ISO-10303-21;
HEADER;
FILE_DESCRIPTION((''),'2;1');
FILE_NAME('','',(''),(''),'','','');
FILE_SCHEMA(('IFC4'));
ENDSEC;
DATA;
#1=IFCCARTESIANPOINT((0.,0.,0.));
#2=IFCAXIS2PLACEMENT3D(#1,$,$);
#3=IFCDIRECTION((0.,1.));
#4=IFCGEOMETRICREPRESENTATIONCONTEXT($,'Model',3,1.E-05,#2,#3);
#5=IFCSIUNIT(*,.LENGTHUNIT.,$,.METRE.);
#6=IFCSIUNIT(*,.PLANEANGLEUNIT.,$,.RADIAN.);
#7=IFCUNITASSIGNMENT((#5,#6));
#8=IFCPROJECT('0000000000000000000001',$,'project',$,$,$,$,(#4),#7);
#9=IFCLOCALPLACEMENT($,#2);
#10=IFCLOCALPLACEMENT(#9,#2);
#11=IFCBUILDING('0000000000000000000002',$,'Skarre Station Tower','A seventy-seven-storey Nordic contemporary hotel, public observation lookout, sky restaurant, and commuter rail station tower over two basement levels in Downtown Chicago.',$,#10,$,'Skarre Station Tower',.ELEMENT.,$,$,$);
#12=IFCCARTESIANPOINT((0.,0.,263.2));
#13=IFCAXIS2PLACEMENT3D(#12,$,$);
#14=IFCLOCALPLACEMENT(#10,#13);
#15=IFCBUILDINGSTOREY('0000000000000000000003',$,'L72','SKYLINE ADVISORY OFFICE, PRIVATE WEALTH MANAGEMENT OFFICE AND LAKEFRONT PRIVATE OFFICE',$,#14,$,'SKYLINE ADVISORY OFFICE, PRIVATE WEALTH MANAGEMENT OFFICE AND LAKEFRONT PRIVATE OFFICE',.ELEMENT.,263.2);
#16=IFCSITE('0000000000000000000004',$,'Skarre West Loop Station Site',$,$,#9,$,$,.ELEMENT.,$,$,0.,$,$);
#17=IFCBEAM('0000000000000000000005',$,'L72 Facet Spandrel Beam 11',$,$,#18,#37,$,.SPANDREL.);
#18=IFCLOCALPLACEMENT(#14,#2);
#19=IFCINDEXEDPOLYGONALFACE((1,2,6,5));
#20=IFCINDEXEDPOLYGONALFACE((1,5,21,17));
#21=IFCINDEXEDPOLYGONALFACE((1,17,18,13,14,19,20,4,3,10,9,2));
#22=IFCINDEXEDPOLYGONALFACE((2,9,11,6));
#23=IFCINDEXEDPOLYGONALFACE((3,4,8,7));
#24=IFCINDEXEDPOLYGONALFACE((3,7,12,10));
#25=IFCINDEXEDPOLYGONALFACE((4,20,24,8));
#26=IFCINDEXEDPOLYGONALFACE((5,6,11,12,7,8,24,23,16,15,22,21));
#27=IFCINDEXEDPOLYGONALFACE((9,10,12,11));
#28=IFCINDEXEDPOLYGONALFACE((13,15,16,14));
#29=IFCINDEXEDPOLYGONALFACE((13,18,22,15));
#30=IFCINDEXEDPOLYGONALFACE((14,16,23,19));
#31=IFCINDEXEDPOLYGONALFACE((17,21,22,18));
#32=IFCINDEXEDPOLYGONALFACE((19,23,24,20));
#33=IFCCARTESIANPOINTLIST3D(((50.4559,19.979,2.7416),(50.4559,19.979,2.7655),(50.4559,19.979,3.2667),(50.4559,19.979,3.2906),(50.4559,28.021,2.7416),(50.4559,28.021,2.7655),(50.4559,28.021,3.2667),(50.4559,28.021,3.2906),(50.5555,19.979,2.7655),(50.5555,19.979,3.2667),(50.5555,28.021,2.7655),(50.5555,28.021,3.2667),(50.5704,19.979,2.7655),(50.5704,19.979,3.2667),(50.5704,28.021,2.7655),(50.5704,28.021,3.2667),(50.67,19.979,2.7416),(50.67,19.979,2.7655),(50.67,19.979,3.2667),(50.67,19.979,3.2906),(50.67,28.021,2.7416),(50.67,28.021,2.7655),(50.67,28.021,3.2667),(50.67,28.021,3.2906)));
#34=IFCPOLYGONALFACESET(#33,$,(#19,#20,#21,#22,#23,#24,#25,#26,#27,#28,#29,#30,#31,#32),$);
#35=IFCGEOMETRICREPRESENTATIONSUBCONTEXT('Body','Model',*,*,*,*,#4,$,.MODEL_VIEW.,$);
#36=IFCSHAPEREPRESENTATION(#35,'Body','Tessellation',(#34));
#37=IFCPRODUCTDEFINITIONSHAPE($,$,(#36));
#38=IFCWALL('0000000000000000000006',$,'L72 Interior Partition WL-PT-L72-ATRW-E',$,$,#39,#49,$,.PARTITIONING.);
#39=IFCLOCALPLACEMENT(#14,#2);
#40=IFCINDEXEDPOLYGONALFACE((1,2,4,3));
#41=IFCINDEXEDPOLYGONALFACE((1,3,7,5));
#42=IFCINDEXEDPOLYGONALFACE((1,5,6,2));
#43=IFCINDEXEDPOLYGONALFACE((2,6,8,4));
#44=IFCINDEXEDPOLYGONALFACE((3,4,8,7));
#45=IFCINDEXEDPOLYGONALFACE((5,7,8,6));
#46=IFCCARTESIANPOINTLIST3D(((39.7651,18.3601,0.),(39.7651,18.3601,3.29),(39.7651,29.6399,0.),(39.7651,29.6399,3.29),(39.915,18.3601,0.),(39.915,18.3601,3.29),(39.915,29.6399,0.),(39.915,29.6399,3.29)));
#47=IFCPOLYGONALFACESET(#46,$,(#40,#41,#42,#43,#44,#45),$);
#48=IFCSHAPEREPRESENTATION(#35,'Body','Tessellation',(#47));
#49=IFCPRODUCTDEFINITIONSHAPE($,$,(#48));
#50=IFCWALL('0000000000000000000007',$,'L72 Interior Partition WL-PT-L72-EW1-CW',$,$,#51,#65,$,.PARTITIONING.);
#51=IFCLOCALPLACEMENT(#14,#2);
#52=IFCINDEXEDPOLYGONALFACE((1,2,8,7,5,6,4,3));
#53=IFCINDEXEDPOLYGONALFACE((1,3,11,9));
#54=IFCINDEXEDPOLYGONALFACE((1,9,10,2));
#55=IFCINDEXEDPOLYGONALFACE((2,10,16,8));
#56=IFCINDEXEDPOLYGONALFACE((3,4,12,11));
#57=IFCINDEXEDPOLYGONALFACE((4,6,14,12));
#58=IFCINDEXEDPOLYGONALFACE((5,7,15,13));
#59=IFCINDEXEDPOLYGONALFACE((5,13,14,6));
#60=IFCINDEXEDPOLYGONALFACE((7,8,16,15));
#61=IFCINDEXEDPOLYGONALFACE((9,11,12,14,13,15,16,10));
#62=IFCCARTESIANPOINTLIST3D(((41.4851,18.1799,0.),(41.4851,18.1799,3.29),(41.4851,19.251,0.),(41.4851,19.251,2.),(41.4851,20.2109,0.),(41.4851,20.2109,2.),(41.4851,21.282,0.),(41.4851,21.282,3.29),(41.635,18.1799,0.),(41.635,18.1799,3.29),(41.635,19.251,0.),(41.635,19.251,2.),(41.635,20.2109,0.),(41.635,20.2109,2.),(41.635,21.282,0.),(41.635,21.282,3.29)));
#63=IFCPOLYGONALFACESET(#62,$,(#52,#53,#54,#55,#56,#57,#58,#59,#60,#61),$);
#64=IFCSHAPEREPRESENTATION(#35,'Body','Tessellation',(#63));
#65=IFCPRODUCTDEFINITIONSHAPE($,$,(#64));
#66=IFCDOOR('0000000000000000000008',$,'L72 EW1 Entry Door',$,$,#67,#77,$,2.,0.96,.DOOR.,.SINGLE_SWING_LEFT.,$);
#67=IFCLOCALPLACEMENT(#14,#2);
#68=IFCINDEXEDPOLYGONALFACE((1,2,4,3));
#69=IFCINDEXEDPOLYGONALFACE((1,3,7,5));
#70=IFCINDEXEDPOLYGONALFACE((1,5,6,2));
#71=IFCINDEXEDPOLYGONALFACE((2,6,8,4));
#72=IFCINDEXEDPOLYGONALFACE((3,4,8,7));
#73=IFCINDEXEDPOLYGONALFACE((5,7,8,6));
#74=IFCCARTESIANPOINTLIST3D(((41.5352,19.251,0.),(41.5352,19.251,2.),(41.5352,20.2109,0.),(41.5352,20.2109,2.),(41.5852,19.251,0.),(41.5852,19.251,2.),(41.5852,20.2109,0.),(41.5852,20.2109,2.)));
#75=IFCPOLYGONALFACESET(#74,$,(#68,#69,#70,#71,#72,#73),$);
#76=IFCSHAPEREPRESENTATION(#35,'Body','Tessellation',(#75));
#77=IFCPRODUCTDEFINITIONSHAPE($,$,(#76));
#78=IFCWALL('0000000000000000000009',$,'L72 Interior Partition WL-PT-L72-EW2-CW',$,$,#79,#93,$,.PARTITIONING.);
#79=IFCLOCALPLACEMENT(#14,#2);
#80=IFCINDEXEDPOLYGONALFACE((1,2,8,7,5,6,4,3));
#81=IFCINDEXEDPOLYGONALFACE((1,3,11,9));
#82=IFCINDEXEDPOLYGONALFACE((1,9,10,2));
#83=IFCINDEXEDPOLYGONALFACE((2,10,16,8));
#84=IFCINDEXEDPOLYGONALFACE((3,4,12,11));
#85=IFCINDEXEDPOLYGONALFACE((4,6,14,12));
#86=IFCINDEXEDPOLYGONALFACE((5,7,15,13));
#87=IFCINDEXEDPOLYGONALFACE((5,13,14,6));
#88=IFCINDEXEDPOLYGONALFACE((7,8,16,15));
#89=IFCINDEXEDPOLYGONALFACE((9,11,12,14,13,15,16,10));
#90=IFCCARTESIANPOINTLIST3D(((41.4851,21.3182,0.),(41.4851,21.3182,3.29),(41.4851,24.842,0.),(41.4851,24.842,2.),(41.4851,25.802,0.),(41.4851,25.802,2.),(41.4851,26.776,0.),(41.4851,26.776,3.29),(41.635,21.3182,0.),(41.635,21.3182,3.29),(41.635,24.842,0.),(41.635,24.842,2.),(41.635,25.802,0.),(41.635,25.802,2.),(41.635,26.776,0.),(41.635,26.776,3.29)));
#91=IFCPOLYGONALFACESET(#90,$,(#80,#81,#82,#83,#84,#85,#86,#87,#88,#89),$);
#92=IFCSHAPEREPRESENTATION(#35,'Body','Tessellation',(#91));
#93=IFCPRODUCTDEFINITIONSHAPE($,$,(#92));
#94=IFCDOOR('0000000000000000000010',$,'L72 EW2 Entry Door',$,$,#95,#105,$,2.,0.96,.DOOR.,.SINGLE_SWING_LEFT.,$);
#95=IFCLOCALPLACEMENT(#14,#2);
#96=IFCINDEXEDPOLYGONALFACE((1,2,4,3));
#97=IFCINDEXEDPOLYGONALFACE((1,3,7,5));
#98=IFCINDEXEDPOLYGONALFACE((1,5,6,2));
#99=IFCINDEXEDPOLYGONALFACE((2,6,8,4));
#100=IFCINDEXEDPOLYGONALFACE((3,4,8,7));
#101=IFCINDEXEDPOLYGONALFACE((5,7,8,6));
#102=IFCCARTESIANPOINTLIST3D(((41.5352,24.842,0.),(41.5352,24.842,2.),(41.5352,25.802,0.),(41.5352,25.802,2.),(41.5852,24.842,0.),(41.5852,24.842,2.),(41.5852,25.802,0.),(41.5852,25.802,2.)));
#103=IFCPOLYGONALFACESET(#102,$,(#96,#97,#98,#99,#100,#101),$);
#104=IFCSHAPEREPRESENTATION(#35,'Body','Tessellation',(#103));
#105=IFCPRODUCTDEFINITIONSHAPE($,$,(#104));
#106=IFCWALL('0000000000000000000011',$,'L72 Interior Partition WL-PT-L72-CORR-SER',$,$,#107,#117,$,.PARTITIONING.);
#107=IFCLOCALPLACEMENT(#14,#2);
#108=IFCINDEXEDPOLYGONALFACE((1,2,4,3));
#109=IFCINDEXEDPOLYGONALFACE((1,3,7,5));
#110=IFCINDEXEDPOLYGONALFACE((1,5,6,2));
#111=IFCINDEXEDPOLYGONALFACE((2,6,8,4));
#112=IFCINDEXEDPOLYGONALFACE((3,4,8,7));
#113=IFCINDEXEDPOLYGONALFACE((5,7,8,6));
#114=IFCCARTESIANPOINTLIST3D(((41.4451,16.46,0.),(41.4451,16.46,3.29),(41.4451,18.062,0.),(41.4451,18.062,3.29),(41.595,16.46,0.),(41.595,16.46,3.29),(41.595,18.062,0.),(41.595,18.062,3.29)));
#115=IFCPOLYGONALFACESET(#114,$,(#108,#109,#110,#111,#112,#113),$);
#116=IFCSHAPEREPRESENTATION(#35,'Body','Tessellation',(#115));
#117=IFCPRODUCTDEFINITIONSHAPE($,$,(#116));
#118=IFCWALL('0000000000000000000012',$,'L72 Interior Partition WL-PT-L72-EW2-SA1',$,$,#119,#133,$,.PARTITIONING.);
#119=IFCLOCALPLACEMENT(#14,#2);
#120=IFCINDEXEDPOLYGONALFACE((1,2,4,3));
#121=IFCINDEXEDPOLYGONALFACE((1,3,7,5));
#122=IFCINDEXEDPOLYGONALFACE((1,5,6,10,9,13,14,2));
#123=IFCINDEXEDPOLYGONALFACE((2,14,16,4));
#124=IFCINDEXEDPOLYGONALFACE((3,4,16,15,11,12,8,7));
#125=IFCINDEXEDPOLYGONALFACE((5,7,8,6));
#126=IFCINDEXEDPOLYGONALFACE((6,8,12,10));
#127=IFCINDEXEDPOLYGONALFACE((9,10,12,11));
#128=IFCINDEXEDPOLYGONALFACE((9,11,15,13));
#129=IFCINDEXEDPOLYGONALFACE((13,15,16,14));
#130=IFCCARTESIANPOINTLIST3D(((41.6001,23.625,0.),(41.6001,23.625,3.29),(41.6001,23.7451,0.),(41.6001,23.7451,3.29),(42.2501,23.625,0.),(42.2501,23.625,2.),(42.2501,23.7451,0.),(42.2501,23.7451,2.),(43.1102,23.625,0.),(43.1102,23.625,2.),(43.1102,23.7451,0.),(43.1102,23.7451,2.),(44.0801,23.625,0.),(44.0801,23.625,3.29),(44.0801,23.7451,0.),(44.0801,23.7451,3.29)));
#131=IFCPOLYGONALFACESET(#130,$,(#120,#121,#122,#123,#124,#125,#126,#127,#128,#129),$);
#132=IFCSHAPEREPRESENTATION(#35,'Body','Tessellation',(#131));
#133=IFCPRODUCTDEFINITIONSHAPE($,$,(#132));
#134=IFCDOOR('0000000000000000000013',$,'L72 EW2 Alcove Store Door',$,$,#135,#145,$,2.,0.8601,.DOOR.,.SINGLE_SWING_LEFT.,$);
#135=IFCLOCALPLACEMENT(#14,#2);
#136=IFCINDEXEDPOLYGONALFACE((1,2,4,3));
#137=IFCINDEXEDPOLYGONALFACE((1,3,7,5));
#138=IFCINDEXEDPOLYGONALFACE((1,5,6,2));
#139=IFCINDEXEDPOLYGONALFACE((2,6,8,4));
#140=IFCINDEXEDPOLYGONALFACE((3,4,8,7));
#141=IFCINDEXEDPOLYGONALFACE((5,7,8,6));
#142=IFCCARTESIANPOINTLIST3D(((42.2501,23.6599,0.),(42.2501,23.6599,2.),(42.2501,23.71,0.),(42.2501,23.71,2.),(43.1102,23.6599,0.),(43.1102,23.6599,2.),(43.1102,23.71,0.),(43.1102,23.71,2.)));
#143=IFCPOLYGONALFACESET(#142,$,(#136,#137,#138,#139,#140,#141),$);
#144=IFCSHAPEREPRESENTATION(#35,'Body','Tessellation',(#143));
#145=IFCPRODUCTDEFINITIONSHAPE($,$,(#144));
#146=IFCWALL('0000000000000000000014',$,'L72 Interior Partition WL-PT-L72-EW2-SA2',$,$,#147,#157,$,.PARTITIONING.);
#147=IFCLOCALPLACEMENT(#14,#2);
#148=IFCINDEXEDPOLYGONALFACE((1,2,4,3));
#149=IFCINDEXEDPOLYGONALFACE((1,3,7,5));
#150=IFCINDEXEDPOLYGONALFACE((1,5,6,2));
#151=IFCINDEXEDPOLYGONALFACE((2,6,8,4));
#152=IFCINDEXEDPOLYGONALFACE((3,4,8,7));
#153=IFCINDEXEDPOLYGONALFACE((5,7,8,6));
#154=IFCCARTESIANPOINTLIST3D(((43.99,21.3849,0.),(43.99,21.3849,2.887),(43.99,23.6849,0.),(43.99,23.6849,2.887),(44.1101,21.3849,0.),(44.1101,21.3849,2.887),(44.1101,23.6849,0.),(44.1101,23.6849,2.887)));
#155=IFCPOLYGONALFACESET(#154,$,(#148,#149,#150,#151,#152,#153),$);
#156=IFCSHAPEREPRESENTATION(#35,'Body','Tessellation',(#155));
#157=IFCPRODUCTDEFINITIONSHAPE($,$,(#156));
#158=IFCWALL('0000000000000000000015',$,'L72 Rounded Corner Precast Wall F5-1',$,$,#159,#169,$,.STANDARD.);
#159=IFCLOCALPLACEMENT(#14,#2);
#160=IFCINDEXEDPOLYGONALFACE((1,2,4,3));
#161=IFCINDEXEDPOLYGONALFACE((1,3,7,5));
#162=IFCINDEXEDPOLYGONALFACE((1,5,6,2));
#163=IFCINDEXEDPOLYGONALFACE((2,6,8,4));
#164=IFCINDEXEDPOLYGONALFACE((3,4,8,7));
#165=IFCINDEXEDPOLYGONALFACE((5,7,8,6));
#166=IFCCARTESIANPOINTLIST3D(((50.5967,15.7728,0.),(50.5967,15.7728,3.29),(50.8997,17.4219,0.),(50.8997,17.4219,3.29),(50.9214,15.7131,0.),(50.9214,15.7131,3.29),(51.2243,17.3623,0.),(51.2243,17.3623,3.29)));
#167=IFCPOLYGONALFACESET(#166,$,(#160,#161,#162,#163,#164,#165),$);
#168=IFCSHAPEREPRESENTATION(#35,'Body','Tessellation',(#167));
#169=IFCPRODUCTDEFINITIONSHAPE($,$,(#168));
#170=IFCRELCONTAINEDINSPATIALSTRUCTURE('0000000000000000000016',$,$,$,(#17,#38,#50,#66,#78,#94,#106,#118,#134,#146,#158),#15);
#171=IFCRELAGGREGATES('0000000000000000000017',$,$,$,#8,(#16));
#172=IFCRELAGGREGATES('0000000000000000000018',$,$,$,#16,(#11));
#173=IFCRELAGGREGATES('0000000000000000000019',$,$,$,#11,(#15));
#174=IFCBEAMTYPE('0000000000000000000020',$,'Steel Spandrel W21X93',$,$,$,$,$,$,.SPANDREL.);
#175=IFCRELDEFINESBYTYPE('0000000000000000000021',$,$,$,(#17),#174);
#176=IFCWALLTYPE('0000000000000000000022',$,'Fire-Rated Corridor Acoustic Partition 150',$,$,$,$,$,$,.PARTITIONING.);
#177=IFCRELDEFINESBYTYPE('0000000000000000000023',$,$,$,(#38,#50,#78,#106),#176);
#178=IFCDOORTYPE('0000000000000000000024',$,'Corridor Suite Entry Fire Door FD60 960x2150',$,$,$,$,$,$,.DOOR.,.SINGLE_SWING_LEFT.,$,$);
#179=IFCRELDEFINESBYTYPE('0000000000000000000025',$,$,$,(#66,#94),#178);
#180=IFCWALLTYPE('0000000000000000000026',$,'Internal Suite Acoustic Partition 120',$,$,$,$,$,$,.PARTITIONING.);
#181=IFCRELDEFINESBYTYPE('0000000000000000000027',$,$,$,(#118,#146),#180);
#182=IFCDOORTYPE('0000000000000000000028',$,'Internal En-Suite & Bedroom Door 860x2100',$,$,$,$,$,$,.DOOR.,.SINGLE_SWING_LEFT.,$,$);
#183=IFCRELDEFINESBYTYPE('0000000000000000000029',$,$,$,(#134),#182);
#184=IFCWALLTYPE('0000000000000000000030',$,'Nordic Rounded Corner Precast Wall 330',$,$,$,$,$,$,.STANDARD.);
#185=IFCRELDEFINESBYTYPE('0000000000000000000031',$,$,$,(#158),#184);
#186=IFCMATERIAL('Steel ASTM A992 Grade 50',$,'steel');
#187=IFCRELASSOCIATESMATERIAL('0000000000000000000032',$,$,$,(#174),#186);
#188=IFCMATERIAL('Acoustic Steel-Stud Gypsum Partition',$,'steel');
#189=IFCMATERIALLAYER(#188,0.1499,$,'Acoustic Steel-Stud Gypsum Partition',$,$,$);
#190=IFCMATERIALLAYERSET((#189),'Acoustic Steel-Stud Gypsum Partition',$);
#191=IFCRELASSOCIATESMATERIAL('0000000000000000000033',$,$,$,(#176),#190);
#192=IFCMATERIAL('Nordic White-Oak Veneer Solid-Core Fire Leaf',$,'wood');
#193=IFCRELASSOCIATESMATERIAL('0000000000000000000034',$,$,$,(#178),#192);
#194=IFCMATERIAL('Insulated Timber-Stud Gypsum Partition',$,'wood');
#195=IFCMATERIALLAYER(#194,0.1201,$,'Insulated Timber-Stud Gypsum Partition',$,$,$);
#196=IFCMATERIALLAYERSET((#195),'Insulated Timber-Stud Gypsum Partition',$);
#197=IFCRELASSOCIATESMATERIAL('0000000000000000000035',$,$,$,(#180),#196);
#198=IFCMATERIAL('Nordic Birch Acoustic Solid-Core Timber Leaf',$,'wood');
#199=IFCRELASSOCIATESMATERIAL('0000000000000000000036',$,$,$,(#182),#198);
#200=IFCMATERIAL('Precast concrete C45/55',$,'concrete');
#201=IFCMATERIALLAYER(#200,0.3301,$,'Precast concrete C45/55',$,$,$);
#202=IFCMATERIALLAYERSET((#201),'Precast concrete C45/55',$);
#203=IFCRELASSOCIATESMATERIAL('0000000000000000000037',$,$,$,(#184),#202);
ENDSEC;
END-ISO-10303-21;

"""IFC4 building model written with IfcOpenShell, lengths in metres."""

from ifc_helpers import new_model, si_unit, direction, frame, frame_2d, origin, origin_2d, place, context, subcontext, project, spatial, rectangle, i_section, extrude, material, layer, layer_set, material_profile, profile_set, type_object, element, fill, save


model = new_model("IFC4")

# Units and contexts
model_context = context("Model", 3, precision=1e-05, world=origin(), true_north=direction((0.0, 1.0)))
body_context = subcontext(model_context, "Body", "Model", "MODEL_VIEW")
ifc_project = project(units=[si_unit("LENGTHUNIT", "METRE"), si_unit("PLANEANGLEUNIT", "RADIAN")], contexts=[model_context])

# Site, building, storey
site_placement = place(None, origin())
site = spatial("IfcSite", under=ifc_project, at=site_placement, Name="Skarre West Loop Station Site", CompositionType="ELEMENT", RefElevation=0.0)
building_placement = place(site_placement, origin())
building = spatial("IfcBuilding", under=site, at=building_placement, Name="Skarre Station Tower", Description="A seventy-seven-storey Nordic contemporary hotel, public observation lookout, sky restaurant, and commuter rail station tower over two basement levels in Downtown Chicago.", LongName="Skarre Station Tower", CompositionType="ELEMENT")
storey_placement = place(building_placement, frame((0.0, 0.0, 263.2)))
storey = spatial("IfcBuildingStorey", under=building, at=storey_placement, Name="L72", Description="SKYLINE ADVISORY OFFICE, PRIVATE WEALTH MANAGEMENT OFFICE AND LAKEFRONT PRIVATE OFFICE", LongName="SKYLINE ADVISORY OFFICE, PRIVATE WEALTH MANAGEMENT OFFICE AND LAKEFRONT PRIVATE OFFICE", CompositionType="ELEMENT", Elevation=263.2)

# Beam
ifc_material_1 = material(Name="Steel ASTM A992 Grade 50", Category="steel")
ifc_material_profile_1 = material_profile(ifc_material_1, i_section(OverallWidth=0.2141, OverallDepth=0.5491, WebThickness=0.0149, FlangeThickness=0.0239, at=origin_2d()), Name="Steel ASTM A992 Grade 50")
ifc_profile_set_1 = profile_set([ifc_material_profile_1], Name="Steel ASTM A992 Grade 50")
beam_type_1 = type_object("IfcBeamType", Name="Steel Spandrel W21X93", PredefinedType="SPANDREL", material=ifc_profile_set_1)
beam_1_placement = place(storey_placement, frame((50.563, 19.979, 3.0161), z_axis=(0.0, 1.0, 0.0), x_axis=(-1.0, 0.0, 0.0)))
element("IfcBeam", 1, at=beam_1_placement, inside=storey, type_object=beam_type_1, Name="L72 Facet Spandrel Beam 11", PredefinedType="SPANDREL", context=body_context, shape_type="SweptSolid", body=[
    extrude(i_section(OverallWidth=0.2141, OverallDepth=0.5491, WebThickness=0.0149, FlangeThickness=0.0239, at=origin_2d()), origin(), (0.0, 0.0, 1.0), 8.042),
])

# Wall
ifc_material_2 = material(Name="Acoustic Steel-Stud Gypsum Partition", Category="steel")
ifc_layer_1 = layer(ifc_material_2, 0.1499, Name="Acoustic Steel-Stud Gypsum Partition")
ifc_layer_set_1 = layer_set([ifc_layer_1], Name="Acoustic Steel-Stud Gypsum Partition")
wall_type_1 = type_object("IfcWallType", Name="Fire-Rated Corridor Acoustic Partition 150", PredefinedType="PARTITIONING", material=ifc_layer_set_1)
wall_1_placement = place(storey_placement, frame((39.8401, 18.3601, 0.0), z_axis=(0.0, 0.0, 1.0), x_axis=(0.0, 1.0, 0.0)))
element("IfcWall", 2, at=wall_1_placement, inside=storey, type_object=wall_type_1, Name="L72 Interior Partition WL-PT-L72-ATRW-E", PredefinedType="PARTITIONING", context=body_context, shape_type="SweptSolid", body=[
    extrude(rectangle(XDim=11.2798, YDim=0.1499, at=frame_2d((5.6399, 0.0))), origin(), (0.0, 0.0, 1.0), 3.29),
])

# Walls, openings, doors
wall_2_placement = place(storey_placement, frame((41.5601, 18.1799, 0.0), z_axis=(0.0, 0.0, 1.0), x_axis=(0.0, 1.0, 0.0)))
wall_2 = element("IfcWall", 3, at=wall_2_placement, inside=storey, type_object=wall_type_1, Name="L72 Interior Partition WL-PT-L72-EW1-CW", PredefinedType="PARTITIONING", context=body_context, shape_type="SweptSolid", body=[
    extrude(rectangle(XDim=3.1021, YDim=0.1499, at=frame_2d((1.551, 0.0))), origin(), (0.0, 0.0, 1.0), 3.29),
])
opening_1_placement = place(wall_2_placement, frame((1.071, 0.0, 0.0)))
opening_1 = element("IfcOpeningElement", 4, at=opening_1_placement, cuts=wall_2, PredefinedType="OPENING", context=body_context, shape_type="SweptSolid", body=[
    extrude(rectangle(XDim=0.96, YDim=2.0, at=frame_2d((0.48, 1.0))), frame((0.0, 0.085, 0.0), z_axis=(0.0, -1.0, 0.0), x_axis=(1.0, 0.0, 0.0)), (0.0, 0.0, 1.0), 0.1699),
])
ifc_material_3 = material(Name="Nordic White-Oak Veneer Solid-Core Fire Leaf", Category="wood")
door_type_1 = type_object("IfcDoorType", Name="Corridor Suite Entry Fire Door FD60 960x2150", OperationType="SINGLE_SWING_LEFT", PredefinedType="DOOR", material=ifc_material_3)
door_1_placement = place(opening_1_placement, origin())
door_1 = element("IfcDoor", 5, at=door_1_placement, inside=storey, type_object=door_type_1, Name="L72 EW1 Entry Door", OperationType="SINGLE_SWING_LEFT", OverallHeight=2.0, OverallWidth=0.96, PredefinedType="DOOR", context=body_context, shape_type="SweptSolid", body=[
    extrude(rectangle(XDim=0.96, YDim=2.0, at=frame_2d((0.48, 1.0))), frame((0.0, 0.0249, 0.0), z_axis=(0.0, -1.0, 0.0), x_axis=(1.0, 0.0, 0.0)), (0.0, 0.0, 1.0), 0.05),
])
fill(opening_1, door_1)
wall_3_placement = place(storey_placement, frame((41.5601, 21.3181, 0.0), z_axis=(0.0, 0.0, 1.0), x_axis=(0.0, 1.0, 0.0)))
wall_3 = element("IfcWall", 6, at=wall_3_placement, inside=storey, type_object=wall_type_1, Name="L72 Interior Partition WL-PT-L72-EW2-CW", PredefinedType="PARTITIONING", context=body_context, shape_type="SweptSolid", body=[
    extrude(rectangle(XDim=5.4578, YDim=0.1499, at=frame_2d((2.729, 0.0))), origin(), (0.0, 0.0, 1.0), 3.29),
])
opening_2_placement = place(wall_3_placement, frame((3.5239, 0.0, 0.0)))
opening_2 = element("IfcOpeningElement", 7, at=opening_2_placement, cuts=wall_3, PredefinedType="OPENING", context=body_context, shape_type="SweptSolid", body=[
    extrude(rectangle(XDim=0.96, YDim=2.0, at=frame_2d((0.48, 1.0))), frame((0.0, 0.085, 0.0), z_axis=(0.0, -1.0, 0.0), x_axis=(1.0, 0.0, 0.0)), (0.0, 0.0, 1.0), 0.1699),
])
door_2_placement = place(opening_2_placement, origin())
door_2 = element("IfcDoor", 8, at=door_2_placement, inside=storey, type_object=door_type_1, Name="L72 EW2 Entry Door", OperationType="SINGLE_SWING_LEFT", OverallHeight=2.0, OverallWidth=0.96, PredefinedType="DOOR", context=body_context, shape_type="SweptSolid", body=[
    extrude(rectangle(XDim=0.96, YDim=2.0, at=frame_2d((0.48, 1.0))), frame((0.0, 0.0249, 0.0), z_axis=(0.0, -1.0, 0.0), x_axis=(1.0, 0.0, 0.0)), (0.0, 0.0, 1.0), 0.05),
])
fill(opening_2, door_2)

# Wall
wall_4_placement = place(storey_placement, frame((41.52, 16.46, 0.0), z_axis=(0.0, 0.0, 1.0), x_axis=(0.0, 1.0, 0.0)))
element("IfcWall", 9, at=wall_4_placement, inside=storey, type_object=wall_type_1, Name="L72 Interior Partition WL-PT-L72-CORR-SER", PredefinedType="PARTITIONING", context=body_context, shape_type="SweptSolid", body=[
    extrude(rectangle(XDim=1.6021, YDim=0.1499, at=frame_2d((0.801, 0.0))), origin(), (0.0, 0.0, 1.0), 3.29),
])

# Wall, opening, door
ifc_material_4 = material(Name="Insulated Timber-Stud Gypsum Partition", Category="wood")
ifc_layer_2 = layer(ifc_material_4, 0.1201, Name="Insulated Timber-Stud Gypsum Partition")
ifc_layer_set_2 = layer_set([ifc_layer_2], Name="Insulated Timber-Stud Gypsum Partition")
wall_type_2 = type_object("IfcWallType", Name="Internal Suite Acoustic Partition 120", PredefinedType="PARTITIONING", material=ifc_layer_set_2)
wall_5_placement = place(storey_placement, frame((41.6001, 23.6851, 0.0), z_axis=(0.0, 0.0, 1.0), x_axis=(1.0, 0.0, 0.0)))
wall_5 = element("IfcWall", 10, at=wall_5_placement, inside=storey, type_object=wall_type_2, Name="L72 Interior Partition WL-PT-L72-EW2-SA1", PredefinedType="PARTITIONING", context=body_context, shape_type="SweptSolid", body=[
    extrude(rectangle(XDim=2.48, YDim=0.1201, at=frame_2d((1.24, 0.0))), origin(), (0.0, 0.0, 1.0), 3.29),
])
opening_3_placement = place(wall_5_placement, frame((0.6499, 0.0, 0.0)))
opening_3 = element("IfcOpeningElement", 11, at=opening_3_placement, cuts=wall_5, PredefinedType="OPENING", context=body_context, shape_type="SweptSolid", body=[
    extrude(rectangle(XDim=0.8601, YDim=2.0, at=frame_2d((0.4302, 1.0))), frame((0.0, 0.0701, 0.0), z_axis=(0.0, -1.0, 0.0), x_axis=(1.0, 0.0, 0.0)), (0.0, 0.0, 1.0), 0.1401),
])
ifc_material_5 = material(Name="Nordic Birch Acoustic Solid-Core Timber Leaf", Category="wood")
door_type_2 = type_object("IfcDoorType", Name="Internal En-Suite & Bedroom Door 860x2100", OperationType="SINGLE_SWING_LEFT", PredefinedType="DOOR", material=ifc_material_5)
door_3_placement = place(opening_3_placement, origin())
door_3 = element("IfcDoor", 12, at=door_3_placement, inside=storey, type_object=door_type_2, Name="L72 EW2 Alcove Store Door", OperationType="SINGLE_SWING_LEFT", OverallHeight=2.0, OverallWidth=0.8601, PredefinedType="DOOR", context=body_context, shape_type="SweptSolid", body=[
    extrude(rectangle(XDim=0.8601, YDim=2.0, at=frame_2d((0.4302, 1.0))), frame((0.0, 0.0249, 0.0), z_axis=(0.0, -1.0, 0.0), x_axis=(1.0, 0.0, 0.0)), (0.0, 0.0, 1.0), 0.05),
])
fill(opening_3, door_3)

# Walls
wall_6_placement = place(storey_placement, frame((44.05, 21.385, 0.0), z_axis=(0.0, 0.0, 1.0), x_axis=(0.0, 1.0, 0.0)))
element("IfcWall", 13, at=wall_6_placement, inside=storey, type_object=wall_type_2, Name="L72 Interior Partition WL-PT-L72-EW2-SA2", PredefinedType="PARTITIONING", context=body_context, shape_type="SweptSolid", body=[
    extrude(rectangle(XDim=2.3, YDim=0.1201, at=frame_2d((1.1499, 0.0))), origin(), (0.0, 0.0, 1.0), 2.887),
])
ifc_material_6 = material(Name="Precast concrete C45/55", Category="concrete")
ifc_layer_3 = layer(ifc_material_6, 0.3301, Name="Precast concrete C45/55")
ifc_layer_set_3 = layer_set([ifc_layer_3], Name="Precast concrete C45/55")
wall_type_3 = type_object("IfcWallType", Name="Nordic Rounded Corner Precast Wall 330", PredefinedType="STANDARD", material=ifc_layer_set_3)
wall_7_placement = place(storey_placement, frame((51.062, 17.3921, 0.0), z_axis=(0.0, 0.0, 1.0), x_axis=(-0.180692, -0.98354, 0.0)))
element("IfcWall", 14, at=wall_7_placement, inside=storey, type_object=wall_type_3, Name="L72 Rounded Corner Precast Wall F5-1", PredefinedType="STANDARD", context=body_context, shape_type="SweptSolid", body=[
    extrude(rectangle(XDim=1.6768, YDim=0.3301, at=frame_2d((0.8384, 0.0))), origin(), (0.0, 0.0, 1.0), 3.29),
])

save(model, "model.ifc")
